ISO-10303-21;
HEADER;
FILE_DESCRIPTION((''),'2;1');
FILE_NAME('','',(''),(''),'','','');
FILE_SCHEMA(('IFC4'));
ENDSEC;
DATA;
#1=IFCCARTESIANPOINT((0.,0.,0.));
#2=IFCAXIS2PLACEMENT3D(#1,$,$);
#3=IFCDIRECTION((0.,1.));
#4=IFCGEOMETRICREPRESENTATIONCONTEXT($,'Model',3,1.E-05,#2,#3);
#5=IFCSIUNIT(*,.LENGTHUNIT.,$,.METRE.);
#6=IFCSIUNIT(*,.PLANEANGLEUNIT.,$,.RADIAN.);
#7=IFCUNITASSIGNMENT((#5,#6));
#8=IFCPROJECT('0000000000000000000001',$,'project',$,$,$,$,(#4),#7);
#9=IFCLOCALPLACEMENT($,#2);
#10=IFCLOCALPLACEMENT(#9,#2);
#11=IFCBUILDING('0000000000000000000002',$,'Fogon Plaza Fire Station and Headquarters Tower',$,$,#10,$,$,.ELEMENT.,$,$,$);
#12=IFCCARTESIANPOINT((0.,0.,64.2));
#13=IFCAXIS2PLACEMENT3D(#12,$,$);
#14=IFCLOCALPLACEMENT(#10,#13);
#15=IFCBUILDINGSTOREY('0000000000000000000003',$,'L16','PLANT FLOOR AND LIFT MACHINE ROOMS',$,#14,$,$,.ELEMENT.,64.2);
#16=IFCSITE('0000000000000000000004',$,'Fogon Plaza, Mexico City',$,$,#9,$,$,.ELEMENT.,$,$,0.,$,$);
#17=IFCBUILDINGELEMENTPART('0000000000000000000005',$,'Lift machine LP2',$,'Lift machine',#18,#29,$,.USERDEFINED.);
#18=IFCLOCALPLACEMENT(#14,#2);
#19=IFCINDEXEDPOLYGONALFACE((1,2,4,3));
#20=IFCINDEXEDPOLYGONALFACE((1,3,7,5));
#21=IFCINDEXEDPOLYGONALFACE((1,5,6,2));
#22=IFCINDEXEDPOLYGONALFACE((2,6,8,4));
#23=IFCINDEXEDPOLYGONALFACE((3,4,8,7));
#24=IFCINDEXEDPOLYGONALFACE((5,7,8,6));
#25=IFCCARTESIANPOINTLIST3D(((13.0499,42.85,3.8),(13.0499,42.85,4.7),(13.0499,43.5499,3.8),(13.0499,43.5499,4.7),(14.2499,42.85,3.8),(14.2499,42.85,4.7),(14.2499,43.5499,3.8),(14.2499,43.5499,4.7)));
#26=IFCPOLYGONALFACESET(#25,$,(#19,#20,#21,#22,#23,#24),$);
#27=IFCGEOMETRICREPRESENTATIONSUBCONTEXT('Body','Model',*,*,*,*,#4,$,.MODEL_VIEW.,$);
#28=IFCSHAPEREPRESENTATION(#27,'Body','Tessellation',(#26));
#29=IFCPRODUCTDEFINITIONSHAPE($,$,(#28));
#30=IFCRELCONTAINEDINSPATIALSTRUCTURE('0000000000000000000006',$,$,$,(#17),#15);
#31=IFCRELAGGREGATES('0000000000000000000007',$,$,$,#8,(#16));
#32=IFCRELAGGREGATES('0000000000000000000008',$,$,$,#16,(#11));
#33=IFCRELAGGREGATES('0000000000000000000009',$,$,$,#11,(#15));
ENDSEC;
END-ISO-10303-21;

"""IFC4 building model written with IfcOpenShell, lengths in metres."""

from ifc_helpers import new_model, si_unit, direction, frame, origin, origin_2d, place, context, subcontext, project, spatial, rectangle, extrude, element, save


model = new_model("IFC4")

# Units and contexts
model_context = context("Model", 3, precision=1e-05, world=origin(), true_north=direction((0.0, 1.0)))
body_context = subcontext(model_context, "Body", "Model", "MODEL_VIEW")
ifc_project = project(units=[si_unit("LENGTHUNIT", "METRE"), si_unit("PLANEANGLEUNIT", "RADIAN")], contexts=[model_context])

# Site, building, storey
site_placement = place(None, origin())
site = spatial("IfcSite", under=ifc_project, at=site_placement, Name="Fogon Plaza, Mexico City", CompositionType="ELEMENT", RefElevation=0.0)
building_placement = place(site_placement, origin())
building = spatial("IfcBuilding", under=site, at=building_placement, Name="Fogon Plaza Fire Station and Headquarters Tower", CompositionType="ELEMENT")
storey_placement = place(building_placement, frame((0.0, 0.0, 64.2)))
storey = spatial("IfcBuildingStorey", under=building, at=storey_placement, Name="L16", Description="PLANT FLOOR AND LIFT MACHINE ROOMS", CompositionType="ELEMENT", Elevation=64.2)

# Building element part
for number, where, z_axis, x_axis, name in (
    (1, (13.6499, 43.2, 3.8), (0.0, 0.0, 1.0), (1.0, 0.0, 0.0), "Lift machine LP2"),
):
    element("IfcBuildingElementPart", number, at=place(storey_placement, frame(where, z_axis=z_axis, x_axis=x_axis)), inside=storey, Name=name, ObjectType="Lift machine", PredefinedType="USERDEFINED", context=body_context, shape_type="SweptSolid", body=[
        extrude(rectangle(XDim=1.2, YDim=0.7, at=origin_2d()), origin(), (0.0, 0.0, 1.0), 0.8999),
    ])

save(model, "model.ifc")
